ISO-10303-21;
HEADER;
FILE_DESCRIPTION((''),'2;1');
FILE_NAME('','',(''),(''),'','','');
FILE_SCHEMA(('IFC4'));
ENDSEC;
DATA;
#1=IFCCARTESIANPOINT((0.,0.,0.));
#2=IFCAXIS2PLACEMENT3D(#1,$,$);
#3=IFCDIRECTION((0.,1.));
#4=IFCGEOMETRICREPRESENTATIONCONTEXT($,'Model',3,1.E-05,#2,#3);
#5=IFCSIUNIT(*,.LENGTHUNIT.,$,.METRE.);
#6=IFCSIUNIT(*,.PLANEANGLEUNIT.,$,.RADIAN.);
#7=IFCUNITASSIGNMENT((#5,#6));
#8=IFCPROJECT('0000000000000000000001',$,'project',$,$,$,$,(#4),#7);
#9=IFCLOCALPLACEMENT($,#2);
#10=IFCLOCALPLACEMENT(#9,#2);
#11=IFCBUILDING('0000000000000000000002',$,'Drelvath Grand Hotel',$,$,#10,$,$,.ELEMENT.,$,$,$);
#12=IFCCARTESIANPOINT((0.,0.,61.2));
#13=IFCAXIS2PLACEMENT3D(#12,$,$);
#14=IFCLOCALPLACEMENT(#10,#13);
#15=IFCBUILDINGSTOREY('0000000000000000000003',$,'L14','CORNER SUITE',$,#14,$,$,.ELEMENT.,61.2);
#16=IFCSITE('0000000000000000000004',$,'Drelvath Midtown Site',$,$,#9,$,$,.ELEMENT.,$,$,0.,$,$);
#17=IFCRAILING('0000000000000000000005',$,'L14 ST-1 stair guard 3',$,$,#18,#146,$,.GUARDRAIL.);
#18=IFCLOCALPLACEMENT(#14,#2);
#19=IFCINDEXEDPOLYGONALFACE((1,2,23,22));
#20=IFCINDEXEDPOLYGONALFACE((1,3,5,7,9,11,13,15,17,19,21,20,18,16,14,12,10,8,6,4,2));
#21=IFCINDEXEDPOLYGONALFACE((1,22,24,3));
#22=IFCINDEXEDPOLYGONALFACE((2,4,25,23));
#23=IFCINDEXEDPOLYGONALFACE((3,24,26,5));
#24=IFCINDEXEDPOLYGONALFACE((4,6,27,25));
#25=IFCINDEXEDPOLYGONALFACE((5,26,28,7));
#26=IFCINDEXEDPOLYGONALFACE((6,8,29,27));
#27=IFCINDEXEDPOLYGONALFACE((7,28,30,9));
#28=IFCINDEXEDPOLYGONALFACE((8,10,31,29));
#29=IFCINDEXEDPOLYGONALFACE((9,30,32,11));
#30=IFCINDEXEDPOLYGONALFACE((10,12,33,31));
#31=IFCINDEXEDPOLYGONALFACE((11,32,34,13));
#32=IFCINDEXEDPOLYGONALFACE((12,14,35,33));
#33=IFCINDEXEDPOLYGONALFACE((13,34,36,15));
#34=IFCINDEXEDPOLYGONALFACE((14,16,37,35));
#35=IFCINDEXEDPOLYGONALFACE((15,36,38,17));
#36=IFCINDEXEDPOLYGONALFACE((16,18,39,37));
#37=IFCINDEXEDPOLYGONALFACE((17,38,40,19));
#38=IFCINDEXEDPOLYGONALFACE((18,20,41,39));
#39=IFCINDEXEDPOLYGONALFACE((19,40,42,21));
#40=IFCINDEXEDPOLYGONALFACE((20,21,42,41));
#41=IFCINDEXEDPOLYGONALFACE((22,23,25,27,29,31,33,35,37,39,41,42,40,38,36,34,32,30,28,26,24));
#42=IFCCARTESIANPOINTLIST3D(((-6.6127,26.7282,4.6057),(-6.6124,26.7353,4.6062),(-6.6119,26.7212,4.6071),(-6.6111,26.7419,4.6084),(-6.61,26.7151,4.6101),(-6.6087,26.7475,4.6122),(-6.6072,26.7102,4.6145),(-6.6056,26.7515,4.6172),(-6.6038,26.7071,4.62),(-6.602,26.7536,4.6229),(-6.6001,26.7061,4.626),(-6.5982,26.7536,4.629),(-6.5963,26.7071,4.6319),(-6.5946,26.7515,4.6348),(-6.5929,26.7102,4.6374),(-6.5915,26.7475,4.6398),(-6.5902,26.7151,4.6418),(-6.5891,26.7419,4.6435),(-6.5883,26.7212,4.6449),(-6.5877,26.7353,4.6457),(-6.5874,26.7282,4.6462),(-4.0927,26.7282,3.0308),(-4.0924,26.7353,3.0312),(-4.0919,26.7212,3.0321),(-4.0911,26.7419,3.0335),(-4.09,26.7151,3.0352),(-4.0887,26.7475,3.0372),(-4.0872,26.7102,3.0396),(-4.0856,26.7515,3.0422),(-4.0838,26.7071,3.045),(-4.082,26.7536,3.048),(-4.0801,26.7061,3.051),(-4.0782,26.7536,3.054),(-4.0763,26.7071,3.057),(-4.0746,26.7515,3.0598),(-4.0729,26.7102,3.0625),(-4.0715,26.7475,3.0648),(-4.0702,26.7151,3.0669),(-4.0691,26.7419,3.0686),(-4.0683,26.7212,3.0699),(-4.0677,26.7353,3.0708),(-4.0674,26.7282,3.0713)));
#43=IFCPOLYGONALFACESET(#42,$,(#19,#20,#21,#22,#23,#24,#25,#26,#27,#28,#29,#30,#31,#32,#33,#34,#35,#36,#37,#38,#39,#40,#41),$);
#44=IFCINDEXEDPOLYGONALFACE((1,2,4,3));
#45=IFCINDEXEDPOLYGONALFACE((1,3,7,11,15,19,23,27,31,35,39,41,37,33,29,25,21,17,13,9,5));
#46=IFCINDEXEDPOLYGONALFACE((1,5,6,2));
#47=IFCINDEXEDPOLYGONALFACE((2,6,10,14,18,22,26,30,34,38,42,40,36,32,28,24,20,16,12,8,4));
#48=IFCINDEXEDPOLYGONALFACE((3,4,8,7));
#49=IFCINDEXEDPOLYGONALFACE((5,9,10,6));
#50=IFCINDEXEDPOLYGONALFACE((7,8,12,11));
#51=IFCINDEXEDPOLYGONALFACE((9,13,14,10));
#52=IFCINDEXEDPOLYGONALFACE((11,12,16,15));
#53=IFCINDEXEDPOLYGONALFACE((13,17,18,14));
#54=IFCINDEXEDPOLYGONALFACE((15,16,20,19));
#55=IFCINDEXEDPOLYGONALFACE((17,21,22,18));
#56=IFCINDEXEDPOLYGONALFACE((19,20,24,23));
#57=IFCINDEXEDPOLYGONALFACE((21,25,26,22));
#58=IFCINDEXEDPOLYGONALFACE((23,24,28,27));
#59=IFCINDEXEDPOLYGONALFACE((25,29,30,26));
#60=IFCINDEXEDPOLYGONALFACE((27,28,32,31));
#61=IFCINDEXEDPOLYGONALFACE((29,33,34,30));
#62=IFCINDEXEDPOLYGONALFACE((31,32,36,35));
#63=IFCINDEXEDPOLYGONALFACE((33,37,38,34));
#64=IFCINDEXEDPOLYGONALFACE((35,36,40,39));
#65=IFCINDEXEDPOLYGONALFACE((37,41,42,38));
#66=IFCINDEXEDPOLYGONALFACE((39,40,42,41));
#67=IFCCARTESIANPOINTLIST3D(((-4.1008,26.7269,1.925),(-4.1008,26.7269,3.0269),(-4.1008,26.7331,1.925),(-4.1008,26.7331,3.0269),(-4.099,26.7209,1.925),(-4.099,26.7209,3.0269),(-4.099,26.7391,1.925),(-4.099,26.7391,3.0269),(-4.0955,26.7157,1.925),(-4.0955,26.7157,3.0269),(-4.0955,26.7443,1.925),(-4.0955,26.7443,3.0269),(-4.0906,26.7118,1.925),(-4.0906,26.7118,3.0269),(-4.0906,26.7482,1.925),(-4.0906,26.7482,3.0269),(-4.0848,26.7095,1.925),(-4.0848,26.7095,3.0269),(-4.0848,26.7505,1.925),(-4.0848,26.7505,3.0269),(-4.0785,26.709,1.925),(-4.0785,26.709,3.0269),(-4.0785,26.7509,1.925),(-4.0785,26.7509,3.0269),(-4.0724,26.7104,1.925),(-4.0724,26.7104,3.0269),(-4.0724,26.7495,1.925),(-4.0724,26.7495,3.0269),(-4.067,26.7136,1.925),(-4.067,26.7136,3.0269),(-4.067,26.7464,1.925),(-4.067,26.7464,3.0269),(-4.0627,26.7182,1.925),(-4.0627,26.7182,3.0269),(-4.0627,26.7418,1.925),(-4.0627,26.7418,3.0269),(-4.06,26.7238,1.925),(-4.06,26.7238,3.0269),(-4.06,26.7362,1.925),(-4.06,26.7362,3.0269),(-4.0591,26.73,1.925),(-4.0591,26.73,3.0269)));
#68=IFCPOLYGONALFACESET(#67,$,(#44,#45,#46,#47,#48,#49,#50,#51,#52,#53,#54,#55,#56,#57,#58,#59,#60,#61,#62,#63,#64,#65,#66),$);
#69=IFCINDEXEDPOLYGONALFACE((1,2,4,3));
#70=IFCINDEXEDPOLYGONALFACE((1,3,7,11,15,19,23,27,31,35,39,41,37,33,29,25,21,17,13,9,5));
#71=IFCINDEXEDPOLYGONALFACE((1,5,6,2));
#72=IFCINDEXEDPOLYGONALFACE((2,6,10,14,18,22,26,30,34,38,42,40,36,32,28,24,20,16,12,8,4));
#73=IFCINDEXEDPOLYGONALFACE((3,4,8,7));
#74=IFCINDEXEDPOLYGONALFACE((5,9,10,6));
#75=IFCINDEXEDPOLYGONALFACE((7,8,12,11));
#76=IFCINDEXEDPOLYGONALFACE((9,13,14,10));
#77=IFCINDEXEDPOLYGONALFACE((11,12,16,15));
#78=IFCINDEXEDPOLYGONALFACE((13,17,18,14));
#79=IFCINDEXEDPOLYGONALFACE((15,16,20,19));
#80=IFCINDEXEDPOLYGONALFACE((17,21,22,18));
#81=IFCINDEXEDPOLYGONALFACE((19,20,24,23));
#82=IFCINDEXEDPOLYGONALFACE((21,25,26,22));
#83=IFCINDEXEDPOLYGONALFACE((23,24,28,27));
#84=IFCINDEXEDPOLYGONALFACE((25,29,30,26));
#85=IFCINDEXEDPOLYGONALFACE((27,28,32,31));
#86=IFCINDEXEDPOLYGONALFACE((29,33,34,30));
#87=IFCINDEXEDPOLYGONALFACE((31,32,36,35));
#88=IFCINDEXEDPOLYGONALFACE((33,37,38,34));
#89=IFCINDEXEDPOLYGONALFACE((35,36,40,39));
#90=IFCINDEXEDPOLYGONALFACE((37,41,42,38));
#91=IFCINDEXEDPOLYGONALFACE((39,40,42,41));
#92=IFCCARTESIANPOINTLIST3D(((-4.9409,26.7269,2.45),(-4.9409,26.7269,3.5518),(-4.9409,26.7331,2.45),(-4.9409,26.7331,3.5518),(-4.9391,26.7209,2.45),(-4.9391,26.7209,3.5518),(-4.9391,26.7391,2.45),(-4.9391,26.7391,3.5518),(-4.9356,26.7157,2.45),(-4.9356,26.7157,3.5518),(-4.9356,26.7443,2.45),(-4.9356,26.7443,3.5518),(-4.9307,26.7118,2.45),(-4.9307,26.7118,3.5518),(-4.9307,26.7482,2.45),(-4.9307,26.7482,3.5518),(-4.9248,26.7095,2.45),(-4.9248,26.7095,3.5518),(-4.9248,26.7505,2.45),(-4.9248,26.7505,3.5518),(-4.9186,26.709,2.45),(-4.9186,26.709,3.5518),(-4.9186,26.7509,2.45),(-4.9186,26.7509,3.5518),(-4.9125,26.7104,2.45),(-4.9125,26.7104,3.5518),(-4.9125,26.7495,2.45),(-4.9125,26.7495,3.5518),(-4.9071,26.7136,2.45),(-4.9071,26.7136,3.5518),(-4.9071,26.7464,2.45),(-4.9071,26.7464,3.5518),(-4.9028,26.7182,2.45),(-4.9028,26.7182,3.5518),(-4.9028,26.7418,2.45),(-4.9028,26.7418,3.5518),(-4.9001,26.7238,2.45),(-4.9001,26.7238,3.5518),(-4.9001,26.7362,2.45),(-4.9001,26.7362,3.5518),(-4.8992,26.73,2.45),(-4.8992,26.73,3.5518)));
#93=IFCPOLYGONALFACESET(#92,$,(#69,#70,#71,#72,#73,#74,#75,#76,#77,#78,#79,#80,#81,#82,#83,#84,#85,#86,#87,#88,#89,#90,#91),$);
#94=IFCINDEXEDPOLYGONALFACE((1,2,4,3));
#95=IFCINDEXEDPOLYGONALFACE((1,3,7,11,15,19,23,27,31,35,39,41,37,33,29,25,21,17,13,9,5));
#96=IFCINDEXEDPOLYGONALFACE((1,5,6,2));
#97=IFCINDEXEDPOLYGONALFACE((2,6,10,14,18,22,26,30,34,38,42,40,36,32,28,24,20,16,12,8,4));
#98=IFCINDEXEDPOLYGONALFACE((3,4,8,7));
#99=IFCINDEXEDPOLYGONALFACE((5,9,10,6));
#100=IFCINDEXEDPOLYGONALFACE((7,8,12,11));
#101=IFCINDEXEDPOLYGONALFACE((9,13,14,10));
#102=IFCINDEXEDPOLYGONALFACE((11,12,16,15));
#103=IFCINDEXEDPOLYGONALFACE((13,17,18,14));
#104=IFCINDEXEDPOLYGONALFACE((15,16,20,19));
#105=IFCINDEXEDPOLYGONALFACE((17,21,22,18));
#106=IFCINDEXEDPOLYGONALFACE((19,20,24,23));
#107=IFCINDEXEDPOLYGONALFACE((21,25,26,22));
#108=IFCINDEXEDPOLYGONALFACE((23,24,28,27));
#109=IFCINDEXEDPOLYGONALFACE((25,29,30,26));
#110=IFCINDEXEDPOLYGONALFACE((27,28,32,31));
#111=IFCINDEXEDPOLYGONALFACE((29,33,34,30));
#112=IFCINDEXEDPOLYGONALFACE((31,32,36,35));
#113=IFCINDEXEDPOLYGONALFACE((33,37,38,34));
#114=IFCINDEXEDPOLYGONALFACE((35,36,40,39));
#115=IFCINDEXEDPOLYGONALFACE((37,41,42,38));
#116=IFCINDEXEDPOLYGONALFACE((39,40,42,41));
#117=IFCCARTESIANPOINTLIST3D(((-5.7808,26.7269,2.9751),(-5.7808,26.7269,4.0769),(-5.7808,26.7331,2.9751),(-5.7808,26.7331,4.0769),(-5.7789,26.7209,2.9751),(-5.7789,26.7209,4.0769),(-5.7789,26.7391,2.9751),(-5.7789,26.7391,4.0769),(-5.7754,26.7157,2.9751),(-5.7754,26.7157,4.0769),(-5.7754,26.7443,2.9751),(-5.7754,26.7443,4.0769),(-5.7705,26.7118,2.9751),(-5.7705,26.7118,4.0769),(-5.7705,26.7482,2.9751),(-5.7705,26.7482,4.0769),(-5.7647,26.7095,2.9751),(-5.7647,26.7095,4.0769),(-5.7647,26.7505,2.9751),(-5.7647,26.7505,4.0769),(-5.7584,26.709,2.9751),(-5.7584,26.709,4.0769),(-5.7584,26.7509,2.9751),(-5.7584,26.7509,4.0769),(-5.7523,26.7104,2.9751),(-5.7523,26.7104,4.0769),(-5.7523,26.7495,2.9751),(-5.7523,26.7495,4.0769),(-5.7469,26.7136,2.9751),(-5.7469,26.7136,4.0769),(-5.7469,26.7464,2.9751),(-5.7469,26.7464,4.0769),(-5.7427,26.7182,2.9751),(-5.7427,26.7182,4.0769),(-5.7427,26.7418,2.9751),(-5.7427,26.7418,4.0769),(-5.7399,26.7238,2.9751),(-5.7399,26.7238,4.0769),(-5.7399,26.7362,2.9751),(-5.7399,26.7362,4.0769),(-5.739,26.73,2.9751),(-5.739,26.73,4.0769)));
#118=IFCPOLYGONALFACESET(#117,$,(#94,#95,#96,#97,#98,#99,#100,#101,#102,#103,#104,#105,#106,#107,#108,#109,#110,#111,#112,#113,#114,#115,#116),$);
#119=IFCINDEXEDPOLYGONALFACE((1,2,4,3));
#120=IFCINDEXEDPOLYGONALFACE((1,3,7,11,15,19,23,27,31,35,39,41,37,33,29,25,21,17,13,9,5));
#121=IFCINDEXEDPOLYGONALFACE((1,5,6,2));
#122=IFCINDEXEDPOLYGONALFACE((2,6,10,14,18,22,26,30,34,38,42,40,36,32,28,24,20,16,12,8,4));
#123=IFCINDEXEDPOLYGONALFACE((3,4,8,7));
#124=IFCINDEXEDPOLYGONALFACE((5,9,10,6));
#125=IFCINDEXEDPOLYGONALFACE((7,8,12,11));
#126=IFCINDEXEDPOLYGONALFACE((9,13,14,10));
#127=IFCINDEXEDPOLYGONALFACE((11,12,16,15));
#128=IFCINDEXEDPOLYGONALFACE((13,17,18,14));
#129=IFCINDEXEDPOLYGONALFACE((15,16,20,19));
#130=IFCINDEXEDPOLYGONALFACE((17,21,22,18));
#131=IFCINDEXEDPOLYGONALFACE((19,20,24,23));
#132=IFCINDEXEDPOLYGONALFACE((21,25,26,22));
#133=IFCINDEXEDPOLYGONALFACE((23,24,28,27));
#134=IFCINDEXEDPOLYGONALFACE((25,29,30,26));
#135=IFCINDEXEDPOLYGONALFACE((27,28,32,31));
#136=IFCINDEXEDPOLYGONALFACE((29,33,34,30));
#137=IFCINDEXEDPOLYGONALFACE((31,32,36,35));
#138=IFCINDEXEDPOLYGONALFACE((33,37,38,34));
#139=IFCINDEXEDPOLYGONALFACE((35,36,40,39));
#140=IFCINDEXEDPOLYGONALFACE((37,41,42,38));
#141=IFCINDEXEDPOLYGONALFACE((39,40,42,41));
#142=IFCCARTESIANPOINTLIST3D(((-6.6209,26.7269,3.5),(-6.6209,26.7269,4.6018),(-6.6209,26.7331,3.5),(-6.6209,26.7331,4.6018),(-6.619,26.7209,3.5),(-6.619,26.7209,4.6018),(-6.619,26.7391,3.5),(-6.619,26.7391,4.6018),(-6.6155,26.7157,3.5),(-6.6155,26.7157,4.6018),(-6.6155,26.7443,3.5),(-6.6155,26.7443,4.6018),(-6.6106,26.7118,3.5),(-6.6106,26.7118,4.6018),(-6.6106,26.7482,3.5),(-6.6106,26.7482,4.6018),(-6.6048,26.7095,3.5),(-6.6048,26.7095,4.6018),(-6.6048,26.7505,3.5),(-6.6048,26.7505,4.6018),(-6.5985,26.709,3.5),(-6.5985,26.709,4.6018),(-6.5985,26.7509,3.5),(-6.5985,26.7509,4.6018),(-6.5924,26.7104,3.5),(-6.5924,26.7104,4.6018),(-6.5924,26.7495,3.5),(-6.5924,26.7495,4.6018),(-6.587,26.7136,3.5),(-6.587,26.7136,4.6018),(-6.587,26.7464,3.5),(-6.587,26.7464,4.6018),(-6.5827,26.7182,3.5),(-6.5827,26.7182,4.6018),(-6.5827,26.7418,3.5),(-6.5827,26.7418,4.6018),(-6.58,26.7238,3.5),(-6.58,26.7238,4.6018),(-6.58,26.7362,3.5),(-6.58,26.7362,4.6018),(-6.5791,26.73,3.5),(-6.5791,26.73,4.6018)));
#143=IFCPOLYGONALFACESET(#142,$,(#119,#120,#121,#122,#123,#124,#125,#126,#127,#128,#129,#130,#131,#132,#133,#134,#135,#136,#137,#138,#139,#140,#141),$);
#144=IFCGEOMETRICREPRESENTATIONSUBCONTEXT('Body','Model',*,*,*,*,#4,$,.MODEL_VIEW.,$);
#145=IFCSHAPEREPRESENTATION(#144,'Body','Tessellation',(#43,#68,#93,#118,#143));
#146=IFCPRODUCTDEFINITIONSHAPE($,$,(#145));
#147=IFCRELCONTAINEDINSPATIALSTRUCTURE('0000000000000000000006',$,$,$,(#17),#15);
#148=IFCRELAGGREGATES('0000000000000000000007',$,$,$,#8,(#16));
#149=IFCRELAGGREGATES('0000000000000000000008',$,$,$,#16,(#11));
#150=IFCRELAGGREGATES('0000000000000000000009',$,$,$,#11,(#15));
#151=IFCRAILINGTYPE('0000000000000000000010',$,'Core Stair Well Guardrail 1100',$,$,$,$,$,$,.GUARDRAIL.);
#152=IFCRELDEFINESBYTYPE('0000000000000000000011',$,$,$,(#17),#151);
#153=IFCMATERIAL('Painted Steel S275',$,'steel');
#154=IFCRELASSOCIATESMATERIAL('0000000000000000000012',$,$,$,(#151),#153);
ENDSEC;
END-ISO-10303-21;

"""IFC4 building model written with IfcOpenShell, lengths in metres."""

from ifc_helpers import new_model, si_unit, direction, frame, origin, origin_2d, place, context, subcontext, project, spatial, circle, extrude, material, type_object, element, save


model = new_model("IFC4")

# Units and contexts
model_context = context("Model", 3, precision=1e-05, world=origin(), true_north=direction((0.0, 1.0)))
body_context = subcontext(model_context, "Body", "Model", "MODEL_VIEW")
ifc_project = project(units=[si_unit("LENGTHUNIT", "METRE"), si_unit("PLANEANGLEUNIT", "RADIAN")], contexts=[model_context])

# Site, building, storey
site_placement = place(None, origin())
site = spatial("IfcSite", under=ifc_project, at=site_placement, Name="Drelvath Midtown Site", CompositionType="ELEMENT", RefElevation=0.0)
building_placement = place(site_placement, origin())
building = spatial("IfcBuilding", under=site, at=building_placement, Name="Drelvath Grand Hotel", CompositionType="ELEMENT")
storey_placement = place(building_placement, frame((0.0, 0.0, 61.2)))
storey = spatial("IfcBuildingStorey", under=building, at=storey_placement, Name="L14", Description="CORNER SUITE", CompositionType="ELEMENT", Elevation=61.2)

# Shared definitions
ifc_material_1 = material(Name="Painted Steel S275", Category="steel")

# Railing
railing_type_1 = type_object("IfcRailingType", Name="Core Stair Well Guardrail 1100", PredefinedType="GUARDRAIL", material=ifc_material_1)
railing_1_placement = place(storey_placement, frame((-4.0801, 26.73, 1.925)))
element("IfcRailing", 1, at=railing_1_placement, inside=storey, type_object=railing_type_1, Name="L14 ST-1 stair guard 3", PredefinedType="GUARDRAIL", context=body_context, shape_type="SweptSolid", body=[
    extrude(circle(Radius=0.0239, at=origin_2d()), frame((0.0, 0.0, 1.126), z_axis=(-0.848008, 0.0, 0.529984), x_axis=(0.0, -1.0, 0.0)), (0.0, 0.0, 1.0), 2.9717),
    extrude(circle(Radius=0.021, at=origin_2d()), origin(), (0.0, 0.0, 1.0), 1.1018),
    extrude(circle(Radius=0.021, at=origin_2d()), frame((-0.8401, 0.0, 0.5249)), (0.0, 0.0, 1.0), 1.1018),
    extrude(circle(Radius=0.021, at=origin_2d()), frame((-1.6799, 0.0, 1.05)), (0.0, 0.0, 1.0), 1.1018),
    extrude(circle(Radius=0.021, at=origin_2d()), frame((-2.52, 0.0, 1.575)), (0.0, 0.0, 1.0), 1.1018),
])

save(model, "model.ifc")
